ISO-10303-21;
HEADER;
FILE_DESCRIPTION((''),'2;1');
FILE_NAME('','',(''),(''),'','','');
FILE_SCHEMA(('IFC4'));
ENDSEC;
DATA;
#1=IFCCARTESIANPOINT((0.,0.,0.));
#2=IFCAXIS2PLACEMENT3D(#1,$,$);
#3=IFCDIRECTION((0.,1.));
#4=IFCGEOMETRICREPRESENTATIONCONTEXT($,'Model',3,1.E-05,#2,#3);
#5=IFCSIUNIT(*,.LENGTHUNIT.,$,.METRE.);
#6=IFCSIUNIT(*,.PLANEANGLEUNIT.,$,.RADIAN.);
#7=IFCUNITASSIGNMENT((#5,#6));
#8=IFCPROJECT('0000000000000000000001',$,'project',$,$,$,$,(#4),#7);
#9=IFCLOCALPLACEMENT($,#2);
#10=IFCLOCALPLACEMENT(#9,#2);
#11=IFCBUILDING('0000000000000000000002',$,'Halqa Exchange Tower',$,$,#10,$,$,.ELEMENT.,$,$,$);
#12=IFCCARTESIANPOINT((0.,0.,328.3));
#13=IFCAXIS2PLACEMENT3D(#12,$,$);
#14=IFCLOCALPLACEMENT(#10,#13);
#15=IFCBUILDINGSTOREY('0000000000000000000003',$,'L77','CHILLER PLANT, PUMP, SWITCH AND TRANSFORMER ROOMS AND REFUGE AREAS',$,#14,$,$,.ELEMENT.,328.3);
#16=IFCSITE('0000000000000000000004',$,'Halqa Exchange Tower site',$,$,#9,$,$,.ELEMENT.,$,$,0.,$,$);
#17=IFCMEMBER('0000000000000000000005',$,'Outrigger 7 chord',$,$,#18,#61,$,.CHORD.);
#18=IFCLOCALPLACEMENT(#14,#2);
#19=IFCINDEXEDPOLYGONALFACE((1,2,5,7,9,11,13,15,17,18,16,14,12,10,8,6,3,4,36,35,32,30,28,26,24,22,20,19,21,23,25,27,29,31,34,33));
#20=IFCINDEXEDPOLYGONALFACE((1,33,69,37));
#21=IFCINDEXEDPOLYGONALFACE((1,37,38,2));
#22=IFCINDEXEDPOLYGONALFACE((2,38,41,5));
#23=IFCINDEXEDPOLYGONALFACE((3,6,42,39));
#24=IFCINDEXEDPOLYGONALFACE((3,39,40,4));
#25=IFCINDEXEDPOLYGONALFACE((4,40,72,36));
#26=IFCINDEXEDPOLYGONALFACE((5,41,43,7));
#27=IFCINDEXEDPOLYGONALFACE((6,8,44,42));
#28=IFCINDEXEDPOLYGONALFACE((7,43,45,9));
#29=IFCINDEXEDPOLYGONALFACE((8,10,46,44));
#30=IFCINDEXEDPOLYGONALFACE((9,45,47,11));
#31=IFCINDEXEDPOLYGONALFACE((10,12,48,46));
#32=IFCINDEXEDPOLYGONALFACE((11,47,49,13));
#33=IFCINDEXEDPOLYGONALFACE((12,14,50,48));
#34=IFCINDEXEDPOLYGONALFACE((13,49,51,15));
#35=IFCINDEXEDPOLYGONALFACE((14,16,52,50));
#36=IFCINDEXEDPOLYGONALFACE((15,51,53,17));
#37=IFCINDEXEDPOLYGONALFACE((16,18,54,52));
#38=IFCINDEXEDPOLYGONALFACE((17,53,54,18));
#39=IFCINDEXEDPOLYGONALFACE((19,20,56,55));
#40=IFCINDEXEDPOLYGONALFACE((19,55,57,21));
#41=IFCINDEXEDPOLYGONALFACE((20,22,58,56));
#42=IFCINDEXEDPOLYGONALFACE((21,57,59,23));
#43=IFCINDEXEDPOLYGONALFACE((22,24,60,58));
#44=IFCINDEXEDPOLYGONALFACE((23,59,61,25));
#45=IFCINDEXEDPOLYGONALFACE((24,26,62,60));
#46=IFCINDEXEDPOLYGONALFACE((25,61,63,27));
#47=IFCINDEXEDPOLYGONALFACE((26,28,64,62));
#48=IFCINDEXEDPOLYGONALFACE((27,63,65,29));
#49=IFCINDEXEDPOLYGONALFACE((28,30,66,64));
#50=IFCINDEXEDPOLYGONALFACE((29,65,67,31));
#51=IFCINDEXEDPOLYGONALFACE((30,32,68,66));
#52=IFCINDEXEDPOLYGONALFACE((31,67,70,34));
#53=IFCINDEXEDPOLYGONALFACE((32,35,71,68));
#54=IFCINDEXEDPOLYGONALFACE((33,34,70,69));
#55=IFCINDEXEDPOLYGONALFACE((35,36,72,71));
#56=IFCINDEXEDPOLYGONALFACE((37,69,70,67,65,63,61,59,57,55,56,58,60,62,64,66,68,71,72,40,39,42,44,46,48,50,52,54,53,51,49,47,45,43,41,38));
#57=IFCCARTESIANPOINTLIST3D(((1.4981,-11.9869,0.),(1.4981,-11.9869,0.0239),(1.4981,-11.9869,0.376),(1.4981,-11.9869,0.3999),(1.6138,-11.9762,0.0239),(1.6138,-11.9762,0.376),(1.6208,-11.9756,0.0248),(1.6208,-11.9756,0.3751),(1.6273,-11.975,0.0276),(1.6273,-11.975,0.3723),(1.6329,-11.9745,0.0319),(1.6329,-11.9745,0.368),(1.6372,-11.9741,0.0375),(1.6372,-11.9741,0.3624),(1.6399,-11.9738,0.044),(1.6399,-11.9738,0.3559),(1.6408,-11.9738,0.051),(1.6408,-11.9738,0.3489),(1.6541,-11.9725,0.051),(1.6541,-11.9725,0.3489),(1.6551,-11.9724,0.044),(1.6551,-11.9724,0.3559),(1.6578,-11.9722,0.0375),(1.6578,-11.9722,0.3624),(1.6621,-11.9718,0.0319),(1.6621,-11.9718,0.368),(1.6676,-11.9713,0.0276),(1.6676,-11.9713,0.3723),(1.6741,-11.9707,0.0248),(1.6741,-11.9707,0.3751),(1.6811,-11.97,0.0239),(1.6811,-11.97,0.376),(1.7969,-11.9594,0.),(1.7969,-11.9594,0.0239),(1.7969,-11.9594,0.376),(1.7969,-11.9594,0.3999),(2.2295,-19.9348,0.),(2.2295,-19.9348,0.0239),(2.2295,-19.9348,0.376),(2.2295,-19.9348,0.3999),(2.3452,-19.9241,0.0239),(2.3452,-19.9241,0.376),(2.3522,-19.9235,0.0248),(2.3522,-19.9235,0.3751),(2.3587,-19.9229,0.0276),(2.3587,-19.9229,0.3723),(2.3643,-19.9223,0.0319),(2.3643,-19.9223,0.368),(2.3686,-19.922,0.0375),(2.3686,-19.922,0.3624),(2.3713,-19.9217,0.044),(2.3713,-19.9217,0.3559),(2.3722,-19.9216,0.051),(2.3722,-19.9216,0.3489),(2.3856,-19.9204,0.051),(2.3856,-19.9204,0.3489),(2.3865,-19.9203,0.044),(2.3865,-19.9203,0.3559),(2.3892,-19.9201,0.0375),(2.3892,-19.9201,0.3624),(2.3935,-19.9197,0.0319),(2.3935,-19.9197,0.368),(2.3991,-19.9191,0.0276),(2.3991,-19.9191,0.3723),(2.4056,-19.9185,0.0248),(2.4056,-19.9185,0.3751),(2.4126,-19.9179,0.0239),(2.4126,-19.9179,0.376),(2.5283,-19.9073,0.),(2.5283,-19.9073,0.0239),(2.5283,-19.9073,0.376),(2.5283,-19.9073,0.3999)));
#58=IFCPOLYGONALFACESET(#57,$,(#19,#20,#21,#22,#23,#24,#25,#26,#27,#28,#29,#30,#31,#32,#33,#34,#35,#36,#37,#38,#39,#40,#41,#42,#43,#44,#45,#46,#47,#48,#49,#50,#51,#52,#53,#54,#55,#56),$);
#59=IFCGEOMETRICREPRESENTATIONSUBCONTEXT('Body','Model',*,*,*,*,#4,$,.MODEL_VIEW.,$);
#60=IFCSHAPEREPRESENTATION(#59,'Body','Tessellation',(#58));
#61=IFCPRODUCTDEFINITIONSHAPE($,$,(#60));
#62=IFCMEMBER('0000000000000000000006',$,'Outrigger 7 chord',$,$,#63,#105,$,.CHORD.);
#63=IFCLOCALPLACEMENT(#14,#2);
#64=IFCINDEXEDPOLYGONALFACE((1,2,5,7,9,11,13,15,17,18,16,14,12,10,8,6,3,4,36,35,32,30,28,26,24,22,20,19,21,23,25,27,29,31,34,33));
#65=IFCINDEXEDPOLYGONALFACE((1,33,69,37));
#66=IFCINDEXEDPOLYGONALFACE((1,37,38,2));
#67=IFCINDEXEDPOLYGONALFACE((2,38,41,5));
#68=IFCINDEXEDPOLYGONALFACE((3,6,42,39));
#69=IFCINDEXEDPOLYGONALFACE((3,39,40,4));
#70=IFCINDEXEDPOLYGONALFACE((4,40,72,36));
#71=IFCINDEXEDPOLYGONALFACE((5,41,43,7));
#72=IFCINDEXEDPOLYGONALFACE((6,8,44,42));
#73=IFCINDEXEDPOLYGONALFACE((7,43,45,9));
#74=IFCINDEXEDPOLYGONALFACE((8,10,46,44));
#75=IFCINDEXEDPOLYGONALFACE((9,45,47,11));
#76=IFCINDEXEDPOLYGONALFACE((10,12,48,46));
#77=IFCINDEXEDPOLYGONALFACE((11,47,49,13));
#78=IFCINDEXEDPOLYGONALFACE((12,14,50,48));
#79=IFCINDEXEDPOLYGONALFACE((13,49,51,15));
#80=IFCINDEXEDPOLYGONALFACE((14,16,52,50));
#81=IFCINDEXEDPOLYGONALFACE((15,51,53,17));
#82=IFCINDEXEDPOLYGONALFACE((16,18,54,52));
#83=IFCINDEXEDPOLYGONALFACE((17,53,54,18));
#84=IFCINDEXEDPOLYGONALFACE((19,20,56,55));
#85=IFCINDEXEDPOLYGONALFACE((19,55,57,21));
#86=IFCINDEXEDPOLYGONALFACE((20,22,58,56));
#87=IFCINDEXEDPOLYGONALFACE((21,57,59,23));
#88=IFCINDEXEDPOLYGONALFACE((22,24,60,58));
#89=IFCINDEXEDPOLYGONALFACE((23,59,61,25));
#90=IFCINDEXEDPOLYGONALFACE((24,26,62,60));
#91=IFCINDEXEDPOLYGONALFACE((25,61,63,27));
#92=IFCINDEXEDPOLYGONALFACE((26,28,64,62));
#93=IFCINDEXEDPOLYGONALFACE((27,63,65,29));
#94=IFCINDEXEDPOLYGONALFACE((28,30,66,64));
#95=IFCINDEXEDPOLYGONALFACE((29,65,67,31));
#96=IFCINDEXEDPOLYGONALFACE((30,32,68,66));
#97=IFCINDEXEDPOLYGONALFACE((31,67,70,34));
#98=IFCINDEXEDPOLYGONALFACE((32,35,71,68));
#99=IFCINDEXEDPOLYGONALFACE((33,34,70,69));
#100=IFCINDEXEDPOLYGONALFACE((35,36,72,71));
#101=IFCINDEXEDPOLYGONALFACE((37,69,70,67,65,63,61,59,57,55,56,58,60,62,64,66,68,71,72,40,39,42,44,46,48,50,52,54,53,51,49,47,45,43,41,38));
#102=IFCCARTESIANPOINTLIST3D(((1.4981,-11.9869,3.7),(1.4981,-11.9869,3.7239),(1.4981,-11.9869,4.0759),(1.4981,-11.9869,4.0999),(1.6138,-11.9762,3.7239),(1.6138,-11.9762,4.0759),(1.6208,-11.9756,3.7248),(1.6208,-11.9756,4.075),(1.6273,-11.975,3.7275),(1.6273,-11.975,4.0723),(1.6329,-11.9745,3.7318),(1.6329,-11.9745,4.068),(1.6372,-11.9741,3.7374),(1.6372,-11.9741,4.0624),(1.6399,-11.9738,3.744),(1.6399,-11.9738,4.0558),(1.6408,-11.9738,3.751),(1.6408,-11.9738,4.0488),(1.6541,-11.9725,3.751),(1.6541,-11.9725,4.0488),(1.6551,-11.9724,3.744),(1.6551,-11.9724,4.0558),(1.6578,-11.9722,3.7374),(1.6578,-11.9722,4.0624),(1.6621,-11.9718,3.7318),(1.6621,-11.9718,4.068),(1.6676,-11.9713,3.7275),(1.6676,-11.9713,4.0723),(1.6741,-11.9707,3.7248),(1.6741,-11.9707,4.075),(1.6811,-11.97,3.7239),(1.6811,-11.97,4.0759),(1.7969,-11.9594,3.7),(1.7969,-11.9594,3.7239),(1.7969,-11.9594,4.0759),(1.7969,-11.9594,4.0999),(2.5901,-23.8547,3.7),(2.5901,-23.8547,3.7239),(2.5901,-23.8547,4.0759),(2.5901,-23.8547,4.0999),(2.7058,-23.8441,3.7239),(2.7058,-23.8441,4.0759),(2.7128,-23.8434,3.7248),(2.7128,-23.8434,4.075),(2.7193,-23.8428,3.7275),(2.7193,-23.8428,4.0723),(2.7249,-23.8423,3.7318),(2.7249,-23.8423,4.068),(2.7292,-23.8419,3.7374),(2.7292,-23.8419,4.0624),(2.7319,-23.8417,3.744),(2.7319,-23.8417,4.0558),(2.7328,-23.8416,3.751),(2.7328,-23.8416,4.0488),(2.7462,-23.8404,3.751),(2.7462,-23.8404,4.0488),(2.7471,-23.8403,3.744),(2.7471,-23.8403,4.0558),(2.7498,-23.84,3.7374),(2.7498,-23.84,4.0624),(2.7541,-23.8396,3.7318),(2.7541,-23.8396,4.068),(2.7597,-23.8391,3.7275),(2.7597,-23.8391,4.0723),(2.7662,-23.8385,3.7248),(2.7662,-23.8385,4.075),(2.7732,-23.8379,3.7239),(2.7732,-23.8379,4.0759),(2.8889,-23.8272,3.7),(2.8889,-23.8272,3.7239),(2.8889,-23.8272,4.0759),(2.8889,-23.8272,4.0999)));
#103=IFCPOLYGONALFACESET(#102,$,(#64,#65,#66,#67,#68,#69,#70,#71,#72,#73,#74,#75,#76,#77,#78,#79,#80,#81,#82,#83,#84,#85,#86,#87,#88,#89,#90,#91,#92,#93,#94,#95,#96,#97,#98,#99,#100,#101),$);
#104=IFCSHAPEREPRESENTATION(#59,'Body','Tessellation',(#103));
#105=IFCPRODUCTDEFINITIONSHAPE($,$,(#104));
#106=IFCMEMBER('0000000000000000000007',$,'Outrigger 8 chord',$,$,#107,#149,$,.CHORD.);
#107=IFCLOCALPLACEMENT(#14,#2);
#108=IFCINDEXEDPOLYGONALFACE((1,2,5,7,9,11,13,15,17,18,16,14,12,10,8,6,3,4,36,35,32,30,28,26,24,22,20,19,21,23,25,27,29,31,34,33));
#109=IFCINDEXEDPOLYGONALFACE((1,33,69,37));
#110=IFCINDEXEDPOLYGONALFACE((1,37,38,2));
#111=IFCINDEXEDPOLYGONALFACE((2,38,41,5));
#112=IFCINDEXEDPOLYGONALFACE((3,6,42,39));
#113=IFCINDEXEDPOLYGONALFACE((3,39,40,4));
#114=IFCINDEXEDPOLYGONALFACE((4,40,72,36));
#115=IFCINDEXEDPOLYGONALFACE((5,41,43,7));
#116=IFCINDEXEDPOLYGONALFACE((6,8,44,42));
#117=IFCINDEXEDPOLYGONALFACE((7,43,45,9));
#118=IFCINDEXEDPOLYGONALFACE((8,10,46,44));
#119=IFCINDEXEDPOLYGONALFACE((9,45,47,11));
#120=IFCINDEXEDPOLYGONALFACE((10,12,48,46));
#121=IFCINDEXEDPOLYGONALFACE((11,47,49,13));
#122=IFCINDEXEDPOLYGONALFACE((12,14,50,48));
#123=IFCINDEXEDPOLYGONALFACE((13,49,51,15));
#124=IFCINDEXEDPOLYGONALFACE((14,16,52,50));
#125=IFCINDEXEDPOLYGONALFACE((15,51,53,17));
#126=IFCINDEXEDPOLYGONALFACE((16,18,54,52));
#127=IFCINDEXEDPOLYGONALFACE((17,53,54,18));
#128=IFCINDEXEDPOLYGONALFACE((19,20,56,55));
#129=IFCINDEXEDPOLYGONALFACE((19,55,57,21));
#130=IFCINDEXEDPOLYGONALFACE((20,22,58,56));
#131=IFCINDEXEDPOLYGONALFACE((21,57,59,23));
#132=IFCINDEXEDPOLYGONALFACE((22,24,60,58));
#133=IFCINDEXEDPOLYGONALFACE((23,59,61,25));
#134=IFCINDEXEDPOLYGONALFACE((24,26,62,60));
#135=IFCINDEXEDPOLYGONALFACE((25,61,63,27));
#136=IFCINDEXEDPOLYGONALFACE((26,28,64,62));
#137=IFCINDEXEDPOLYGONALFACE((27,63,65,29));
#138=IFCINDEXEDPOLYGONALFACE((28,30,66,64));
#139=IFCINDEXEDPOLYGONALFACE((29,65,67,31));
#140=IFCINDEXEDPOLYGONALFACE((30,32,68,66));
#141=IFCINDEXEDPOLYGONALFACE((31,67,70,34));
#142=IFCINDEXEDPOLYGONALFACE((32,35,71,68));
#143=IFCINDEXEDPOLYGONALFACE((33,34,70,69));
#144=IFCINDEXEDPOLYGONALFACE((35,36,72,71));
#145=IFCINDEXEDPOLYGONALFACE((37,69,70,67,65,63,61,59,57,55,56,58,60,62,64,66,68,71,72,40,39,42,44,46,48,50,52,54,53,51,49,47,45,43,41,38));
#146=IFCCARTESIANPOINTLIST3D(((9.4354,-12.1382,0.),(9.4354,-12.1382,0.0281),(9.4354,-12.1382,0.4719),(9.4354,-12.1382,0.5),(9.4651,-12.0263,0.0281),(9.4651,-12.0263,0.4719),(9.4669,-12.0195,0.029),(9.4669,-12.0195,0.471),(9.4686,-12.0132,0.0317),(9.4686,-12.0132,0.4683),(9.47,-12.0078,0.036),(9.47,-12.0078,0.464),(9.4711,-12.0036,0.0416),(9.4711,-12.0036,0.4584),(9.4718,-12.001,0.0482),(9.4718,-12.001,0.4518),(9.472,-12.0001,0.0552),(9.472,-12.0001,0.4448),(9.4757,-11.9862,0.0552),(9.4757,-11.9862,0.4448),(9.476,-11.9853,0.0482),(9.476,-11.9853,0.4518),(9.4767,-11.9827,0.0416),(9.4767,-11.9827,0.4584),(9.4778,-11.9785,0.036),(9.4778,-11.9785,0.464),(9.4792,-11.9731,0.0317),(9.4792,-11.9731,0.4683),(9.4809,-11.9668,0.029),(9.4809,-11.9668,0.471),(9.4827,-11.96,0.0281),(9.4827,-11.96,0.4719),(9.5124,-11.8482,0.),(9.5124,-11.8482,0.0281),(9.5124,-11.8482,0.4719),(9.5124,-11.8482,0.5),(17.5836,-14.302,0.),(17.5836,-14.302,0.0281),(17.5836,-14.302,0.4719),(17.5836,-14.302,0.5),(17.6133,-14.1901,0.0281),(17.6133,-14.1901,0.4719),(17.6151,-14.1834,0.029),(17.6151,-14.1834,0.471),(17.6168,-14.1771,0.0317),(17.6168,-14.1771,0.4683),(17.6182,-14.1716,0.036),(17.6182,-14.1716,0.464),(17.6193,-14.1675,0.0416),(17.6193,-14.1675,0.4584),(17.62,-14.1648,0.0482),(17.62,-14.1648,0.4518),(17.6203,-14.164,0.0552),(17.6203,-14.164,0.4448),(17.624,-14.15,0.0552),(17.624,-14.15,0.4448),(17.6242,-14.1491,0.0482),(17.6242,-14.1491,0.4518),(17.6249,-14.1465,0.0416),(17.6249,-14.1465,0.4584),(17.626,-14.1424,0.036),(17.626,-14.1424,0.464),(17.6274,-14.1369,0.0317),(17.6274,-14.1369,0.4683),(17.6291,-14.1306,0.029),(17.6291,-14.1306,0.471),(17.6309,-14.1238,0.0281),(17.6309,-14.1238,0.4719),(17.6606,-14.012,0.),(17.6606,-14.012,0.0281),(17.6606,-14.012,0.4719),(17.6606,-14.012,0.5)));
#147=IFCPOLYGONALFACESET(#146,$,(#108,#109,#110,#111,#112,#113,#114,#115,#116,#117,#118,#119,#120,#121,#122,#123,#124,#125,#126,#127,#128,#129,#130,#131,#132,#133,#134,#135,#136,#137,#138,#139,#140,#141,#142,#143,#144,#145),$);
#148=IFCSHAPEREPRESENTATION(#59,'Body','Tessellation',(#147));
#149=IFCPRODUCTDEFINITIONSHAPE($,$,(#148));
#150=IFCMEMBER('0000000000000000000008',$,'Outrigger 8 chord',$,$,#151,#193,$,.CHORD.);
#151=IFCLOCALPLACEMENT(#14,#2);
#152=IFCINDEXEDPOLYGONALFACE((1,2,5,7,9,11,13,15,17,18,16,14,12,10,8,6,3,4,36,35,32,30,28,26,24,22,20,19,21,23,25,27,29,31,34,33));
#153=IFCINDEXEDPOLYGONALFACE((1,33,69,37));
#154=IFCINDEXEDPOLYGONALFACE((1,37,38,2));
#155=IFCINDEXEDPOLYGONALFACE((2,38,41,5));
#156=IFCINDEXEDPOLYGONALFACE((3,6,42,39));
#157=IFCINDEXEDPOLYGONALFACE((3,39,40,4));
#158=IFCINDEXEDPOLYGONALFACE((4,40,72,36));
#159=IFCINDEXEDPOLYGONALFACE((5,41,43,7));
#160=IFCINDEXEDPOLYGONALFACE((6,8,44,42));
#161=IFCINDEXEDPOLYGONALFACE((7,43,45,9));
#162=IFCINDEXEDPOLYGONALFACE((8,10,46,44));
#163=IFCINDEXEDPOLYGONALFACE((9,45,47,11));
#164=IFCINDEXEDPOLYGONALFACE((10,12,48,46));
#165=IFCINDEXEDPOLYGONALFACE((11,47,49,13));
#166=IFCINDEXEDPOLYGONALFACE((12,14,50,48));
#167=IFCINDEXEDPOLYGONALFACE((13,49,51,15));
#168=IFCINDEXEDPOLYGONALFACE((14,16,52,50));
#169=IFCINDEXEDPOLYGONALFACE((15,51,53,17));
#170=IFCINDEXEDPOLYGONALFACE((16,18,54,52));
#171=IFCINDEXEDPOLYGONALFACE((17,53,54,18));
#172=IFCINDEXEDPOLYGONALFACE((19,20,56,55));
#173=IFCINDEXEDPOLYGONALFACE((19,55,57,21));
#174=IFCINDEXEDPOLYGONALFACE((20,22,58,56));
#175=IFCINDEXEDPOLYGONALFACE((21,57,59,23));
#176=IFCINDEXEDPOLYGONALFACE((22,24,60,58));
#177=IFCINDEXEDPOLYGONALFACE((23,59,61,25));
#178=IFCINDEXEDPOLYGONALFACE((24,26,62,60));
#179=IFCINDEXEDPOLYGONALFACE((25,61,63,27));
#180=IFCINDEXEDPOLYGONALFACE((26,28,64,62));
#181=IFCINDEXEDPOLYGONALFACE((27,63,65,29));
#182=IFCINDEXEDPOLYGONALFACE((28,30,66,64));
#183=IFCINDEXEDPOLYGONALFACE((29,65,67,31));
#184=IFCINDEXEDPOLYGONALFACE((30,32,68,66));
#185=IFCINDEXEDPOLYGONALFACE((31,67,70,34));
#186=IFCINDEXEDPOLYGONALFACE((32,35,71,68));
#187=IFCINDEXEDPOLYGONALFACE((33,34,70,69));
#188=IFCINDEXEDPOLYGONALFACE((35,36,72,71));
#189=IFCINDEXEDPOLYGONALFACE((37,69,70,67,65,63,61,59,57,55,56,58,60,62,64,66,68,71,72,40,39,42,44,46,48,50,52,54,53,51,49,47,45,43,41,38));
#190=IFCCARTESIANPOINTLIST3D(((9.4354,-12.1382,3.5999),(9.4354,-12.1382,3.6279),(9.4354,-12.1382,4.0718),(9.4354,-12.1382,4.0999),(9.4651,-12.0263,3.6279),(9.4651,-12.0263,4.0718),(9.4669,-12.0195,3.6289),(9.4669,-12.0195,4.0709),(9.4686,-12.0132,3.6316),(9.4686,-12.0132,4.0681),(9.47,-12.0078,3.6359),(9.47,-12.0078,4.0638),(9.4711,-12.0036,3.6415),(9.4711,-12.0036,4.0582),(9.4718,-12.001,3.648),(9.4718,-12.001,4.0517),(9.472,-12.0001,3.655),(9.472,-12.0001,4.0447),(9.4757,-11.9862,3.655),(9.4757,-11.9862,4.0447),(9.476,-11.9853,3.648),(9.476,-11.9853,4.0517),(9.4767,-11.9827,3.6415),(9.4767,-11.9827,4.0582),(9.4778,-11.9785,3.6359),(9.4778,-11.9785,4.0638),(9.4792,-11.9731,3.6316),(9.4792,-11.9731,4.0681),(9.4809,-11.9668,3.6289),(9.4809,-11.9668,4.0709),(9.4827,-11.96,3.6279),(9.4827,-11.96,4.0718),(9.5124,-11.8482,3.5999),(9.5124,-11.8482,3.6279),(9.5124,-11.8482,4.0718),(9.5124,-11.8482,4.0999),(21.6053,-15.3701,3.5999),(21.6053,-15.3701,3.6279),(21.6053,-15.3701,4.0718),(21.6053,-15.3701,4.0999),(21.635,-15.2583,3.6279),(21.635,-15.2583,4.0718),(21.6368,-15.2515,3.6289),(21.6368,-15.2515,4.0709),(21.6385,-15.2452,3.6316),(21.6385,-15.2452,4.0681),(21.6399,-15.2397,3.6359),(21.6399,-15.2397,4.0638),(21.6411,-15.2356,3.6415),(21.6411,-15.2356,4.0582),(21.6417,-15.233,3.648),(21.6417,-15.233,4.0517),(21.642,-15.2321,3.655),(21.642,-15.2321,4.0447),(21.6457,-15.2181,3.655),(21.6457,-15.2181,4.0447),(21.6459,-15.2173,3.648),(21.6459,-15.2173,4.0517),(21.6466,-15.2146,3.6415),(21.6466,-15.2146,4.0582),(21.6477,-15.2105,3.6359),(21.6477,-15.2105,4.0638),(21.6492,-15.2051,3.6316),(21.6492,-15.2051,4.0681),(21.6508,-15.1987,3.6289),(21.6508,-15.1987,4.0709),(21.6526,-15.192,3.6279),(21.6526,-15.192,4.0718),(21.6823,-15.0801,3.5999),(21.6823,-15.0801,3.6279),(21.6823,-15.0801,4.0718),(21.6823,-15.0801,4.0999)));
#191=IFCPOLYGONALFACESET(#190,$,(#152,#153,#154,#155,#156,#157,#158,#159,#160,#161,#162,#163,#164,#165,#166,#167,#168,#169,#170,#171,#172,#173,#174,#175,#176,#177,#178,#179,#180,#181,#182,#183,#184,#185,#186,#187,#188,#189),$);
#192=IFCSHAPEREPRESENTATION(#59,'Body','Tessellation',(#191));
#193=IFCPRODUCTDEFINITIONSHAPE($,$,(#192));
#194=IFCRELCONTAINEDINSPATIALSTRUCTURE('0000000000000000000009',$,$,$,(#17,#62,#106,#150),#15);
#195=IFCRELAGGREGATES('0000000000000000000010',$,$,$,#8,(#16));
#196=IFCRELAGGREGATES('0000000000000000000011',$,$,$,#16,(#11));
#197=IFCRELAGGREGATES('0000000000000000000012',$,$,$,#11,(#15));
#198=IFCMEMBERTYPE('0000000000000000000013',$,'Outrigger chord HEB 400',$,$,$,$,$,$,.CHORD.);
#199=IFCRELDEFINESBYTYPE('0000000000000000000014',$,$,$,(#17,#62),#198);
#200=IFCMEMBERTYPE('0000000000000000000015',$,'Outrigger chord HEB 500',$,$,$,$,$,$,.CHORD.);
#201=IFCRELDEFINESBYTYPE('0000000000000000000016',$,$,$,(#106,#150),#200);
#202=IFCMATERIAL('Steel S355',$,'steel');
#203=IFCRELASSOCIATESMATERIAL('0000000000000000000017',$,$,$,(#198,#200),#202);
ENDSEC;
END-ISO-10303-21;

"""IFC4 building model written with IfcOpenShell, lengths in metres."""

from ifc_helpers import new_model, si_unit, direction, frame, origin, origin_2d, place, context, subcontext, project, spatial, i_section, extrude, material, material_profile, profile_set, type_object, element, save


model = new_model("IFC4")

# Units and contexts
model_context = context("Model", 3, precision=1e-05, world=origin(), true_north=direction((0.0, 1.0)))
body_context = subcontext(model_context, "Body", "Model", "MODEL_VIEW")
ifc_project = project(units=[si_unit("LENGTHUNIT", "METRE"), si_unit("PLANEANGLEUNIT", "RADIAN")], contexts=[model_context])

# Site, building, storey
site_placement = place(None, origin())
site = spatial("IfcSite", under=ifc_project, at=site_placement, Name="Halqa Exchange Tower site", CompositionType="ELEMENT", RefElevation=0.0)
building_placement = place(site_placement, origin())
building = spatial("IfcBuilding", under=site, at=building_placement, Name="Halqa Exchange Tower", CompositionType="ELEMENT")
storey_placement = place(building_placement, frame((0.0, 0.0, 328.3)))
storey = spatial("IfcBuildingStorey", under=building, at=storey_placement, Name="L77", Description="CHILLER PLANT, PUMP, SWITCH AND TRANSFORMER ROOMS AND REFUGE AREAS", CompositionType="ELEMENT", Elevation=328.3)

# Shared definitions
ifc_material_1 = material(Name="Steel S355", Category="steel")

# Members
ifc_material_profile_1 = material_profile(ifc_material_1, i_section(OverallWidth=0.3, OverallDepth=0.3999, WebThickness=0.0134, FlangeThickness=0.0239, FilletRadius=0.0271, at=origin_2d()), Name="HEB 400")
ifc_profile_set_1 = profile_set([ifc_material_profile_1], Name="Steel S355")
member_type_1 = type_object("IfcMemberType", Name="Outrigger chord HEB 400", PredefinedType="CHORD", material=ifc_profile_set_1)
member_1_placement = place(storey_placement, frame((1.6475, -11.9731, 0.2), z_axis=(0.091644, -0.995792, 0.0), x_axis=(0.995792, 0.091644, 0.0)))
element("IfcMember", 1, at=member_1_placement, inside=storey, type_object=member_type_1, Name="Outrigger 7 chord", PredefinedType="CHORD", context=body_context, shape_type="SweptSolid", body=[
    extrude(i_section(OverallWidth=0.3, OverallDepth=0.3999, WebThickness=0.0134, FlangeThickness=0.0239, FilletRadius=0.0271, at=origin_2d()), origin(), (0.0, 0.0, 1.0), 7.9814),
])
member_2_placement = place(storey_placement, frame((1.6475, -11.9731, 3.8999), z_axis=(0.091629, -0.995793, 0.0), x_axis=(0.995793, 0.091629, 0.0)))
element("IfcMember", 2, at=member_2_placement, inside=storey, type_object=member_type_1, Name="Outrigger 7 chord", PredefinedType="CHORD", context=body_context, shape_type="SweptSolid", body=[
    extrude(i_section(OverallWidth=0.3, OverallDepth=0.3999, WebThickness=0.0134, FlangeThickness=0.0239, FilletRadius=0.0271, at=origin_2d()), origin(), (0.0, 0.0, 1.0), 11.918),
])
ifc_material_profile_2 = material_profile(ifc_material_1, i_section(OverallWidth=0.3, OverallDepth=0.5, WebThickness=0.0144, FlangeThickness=0.0281, FilletRadius=0.0271, at=origin_2d()), Name="HEB 500")
ifc_profile_set_2 = profile_set([ifc_material_profile_2], Name="Steel S355")
member_type_2 = type_object("IfcMemberType", Name="Outrigger chord HEB 500", PredefinedType="CHORD", material=ifc_profile_set_2)
member_3_placement = place(storey_placement, frame((9.4739, -11.9932, 0.25), z_axis=(0.966501, -0.256662, 0.0), x_axis=(0.256662, 0.966501, 0.0)))
element("IfcMember", 3, at=member_3_placement, inside=storey, type_object=member_type_2, Name="Outrigger 8 chord", PredefinedType="CHORD", context=body_context, shape_type="SweptSolid", body=[
    extrude(i_section(OverallWidth=0.3, OverallDepth=0.5, WebThickness=0.0144, FlangeThickness=0.0281, FilletRadius=0.0271, at=origin_2d()), origin(), (0.0, 0.0, 1.0), 8.4307),
])
member_4_placement = place(storey_placement, frame((9.4739, -11.9932, 3.8499), z_axis=(0.966499, -0.256671, 0.0), x_axis=(0.256671, 0.966499, 0.0)))
element("IfcMember", 4, at=member_4_placement, inside=storey, type_object=member_type_2, Name="Outrigger 8 chord", PredefinedType="CHORD", context=body_context, shape_type="SweptSolid", body=[
    extrude(i_section(OverallWidth=0.3, OverallDepth=0.5, WebThickness=0.0144, FlangeThickness=0.0281, FilletRadius=0.0271, at=origin_2d()), origin(), (0.0, 0.0, 1.0), 12.5918),
])

save(model, "model.ifc")
